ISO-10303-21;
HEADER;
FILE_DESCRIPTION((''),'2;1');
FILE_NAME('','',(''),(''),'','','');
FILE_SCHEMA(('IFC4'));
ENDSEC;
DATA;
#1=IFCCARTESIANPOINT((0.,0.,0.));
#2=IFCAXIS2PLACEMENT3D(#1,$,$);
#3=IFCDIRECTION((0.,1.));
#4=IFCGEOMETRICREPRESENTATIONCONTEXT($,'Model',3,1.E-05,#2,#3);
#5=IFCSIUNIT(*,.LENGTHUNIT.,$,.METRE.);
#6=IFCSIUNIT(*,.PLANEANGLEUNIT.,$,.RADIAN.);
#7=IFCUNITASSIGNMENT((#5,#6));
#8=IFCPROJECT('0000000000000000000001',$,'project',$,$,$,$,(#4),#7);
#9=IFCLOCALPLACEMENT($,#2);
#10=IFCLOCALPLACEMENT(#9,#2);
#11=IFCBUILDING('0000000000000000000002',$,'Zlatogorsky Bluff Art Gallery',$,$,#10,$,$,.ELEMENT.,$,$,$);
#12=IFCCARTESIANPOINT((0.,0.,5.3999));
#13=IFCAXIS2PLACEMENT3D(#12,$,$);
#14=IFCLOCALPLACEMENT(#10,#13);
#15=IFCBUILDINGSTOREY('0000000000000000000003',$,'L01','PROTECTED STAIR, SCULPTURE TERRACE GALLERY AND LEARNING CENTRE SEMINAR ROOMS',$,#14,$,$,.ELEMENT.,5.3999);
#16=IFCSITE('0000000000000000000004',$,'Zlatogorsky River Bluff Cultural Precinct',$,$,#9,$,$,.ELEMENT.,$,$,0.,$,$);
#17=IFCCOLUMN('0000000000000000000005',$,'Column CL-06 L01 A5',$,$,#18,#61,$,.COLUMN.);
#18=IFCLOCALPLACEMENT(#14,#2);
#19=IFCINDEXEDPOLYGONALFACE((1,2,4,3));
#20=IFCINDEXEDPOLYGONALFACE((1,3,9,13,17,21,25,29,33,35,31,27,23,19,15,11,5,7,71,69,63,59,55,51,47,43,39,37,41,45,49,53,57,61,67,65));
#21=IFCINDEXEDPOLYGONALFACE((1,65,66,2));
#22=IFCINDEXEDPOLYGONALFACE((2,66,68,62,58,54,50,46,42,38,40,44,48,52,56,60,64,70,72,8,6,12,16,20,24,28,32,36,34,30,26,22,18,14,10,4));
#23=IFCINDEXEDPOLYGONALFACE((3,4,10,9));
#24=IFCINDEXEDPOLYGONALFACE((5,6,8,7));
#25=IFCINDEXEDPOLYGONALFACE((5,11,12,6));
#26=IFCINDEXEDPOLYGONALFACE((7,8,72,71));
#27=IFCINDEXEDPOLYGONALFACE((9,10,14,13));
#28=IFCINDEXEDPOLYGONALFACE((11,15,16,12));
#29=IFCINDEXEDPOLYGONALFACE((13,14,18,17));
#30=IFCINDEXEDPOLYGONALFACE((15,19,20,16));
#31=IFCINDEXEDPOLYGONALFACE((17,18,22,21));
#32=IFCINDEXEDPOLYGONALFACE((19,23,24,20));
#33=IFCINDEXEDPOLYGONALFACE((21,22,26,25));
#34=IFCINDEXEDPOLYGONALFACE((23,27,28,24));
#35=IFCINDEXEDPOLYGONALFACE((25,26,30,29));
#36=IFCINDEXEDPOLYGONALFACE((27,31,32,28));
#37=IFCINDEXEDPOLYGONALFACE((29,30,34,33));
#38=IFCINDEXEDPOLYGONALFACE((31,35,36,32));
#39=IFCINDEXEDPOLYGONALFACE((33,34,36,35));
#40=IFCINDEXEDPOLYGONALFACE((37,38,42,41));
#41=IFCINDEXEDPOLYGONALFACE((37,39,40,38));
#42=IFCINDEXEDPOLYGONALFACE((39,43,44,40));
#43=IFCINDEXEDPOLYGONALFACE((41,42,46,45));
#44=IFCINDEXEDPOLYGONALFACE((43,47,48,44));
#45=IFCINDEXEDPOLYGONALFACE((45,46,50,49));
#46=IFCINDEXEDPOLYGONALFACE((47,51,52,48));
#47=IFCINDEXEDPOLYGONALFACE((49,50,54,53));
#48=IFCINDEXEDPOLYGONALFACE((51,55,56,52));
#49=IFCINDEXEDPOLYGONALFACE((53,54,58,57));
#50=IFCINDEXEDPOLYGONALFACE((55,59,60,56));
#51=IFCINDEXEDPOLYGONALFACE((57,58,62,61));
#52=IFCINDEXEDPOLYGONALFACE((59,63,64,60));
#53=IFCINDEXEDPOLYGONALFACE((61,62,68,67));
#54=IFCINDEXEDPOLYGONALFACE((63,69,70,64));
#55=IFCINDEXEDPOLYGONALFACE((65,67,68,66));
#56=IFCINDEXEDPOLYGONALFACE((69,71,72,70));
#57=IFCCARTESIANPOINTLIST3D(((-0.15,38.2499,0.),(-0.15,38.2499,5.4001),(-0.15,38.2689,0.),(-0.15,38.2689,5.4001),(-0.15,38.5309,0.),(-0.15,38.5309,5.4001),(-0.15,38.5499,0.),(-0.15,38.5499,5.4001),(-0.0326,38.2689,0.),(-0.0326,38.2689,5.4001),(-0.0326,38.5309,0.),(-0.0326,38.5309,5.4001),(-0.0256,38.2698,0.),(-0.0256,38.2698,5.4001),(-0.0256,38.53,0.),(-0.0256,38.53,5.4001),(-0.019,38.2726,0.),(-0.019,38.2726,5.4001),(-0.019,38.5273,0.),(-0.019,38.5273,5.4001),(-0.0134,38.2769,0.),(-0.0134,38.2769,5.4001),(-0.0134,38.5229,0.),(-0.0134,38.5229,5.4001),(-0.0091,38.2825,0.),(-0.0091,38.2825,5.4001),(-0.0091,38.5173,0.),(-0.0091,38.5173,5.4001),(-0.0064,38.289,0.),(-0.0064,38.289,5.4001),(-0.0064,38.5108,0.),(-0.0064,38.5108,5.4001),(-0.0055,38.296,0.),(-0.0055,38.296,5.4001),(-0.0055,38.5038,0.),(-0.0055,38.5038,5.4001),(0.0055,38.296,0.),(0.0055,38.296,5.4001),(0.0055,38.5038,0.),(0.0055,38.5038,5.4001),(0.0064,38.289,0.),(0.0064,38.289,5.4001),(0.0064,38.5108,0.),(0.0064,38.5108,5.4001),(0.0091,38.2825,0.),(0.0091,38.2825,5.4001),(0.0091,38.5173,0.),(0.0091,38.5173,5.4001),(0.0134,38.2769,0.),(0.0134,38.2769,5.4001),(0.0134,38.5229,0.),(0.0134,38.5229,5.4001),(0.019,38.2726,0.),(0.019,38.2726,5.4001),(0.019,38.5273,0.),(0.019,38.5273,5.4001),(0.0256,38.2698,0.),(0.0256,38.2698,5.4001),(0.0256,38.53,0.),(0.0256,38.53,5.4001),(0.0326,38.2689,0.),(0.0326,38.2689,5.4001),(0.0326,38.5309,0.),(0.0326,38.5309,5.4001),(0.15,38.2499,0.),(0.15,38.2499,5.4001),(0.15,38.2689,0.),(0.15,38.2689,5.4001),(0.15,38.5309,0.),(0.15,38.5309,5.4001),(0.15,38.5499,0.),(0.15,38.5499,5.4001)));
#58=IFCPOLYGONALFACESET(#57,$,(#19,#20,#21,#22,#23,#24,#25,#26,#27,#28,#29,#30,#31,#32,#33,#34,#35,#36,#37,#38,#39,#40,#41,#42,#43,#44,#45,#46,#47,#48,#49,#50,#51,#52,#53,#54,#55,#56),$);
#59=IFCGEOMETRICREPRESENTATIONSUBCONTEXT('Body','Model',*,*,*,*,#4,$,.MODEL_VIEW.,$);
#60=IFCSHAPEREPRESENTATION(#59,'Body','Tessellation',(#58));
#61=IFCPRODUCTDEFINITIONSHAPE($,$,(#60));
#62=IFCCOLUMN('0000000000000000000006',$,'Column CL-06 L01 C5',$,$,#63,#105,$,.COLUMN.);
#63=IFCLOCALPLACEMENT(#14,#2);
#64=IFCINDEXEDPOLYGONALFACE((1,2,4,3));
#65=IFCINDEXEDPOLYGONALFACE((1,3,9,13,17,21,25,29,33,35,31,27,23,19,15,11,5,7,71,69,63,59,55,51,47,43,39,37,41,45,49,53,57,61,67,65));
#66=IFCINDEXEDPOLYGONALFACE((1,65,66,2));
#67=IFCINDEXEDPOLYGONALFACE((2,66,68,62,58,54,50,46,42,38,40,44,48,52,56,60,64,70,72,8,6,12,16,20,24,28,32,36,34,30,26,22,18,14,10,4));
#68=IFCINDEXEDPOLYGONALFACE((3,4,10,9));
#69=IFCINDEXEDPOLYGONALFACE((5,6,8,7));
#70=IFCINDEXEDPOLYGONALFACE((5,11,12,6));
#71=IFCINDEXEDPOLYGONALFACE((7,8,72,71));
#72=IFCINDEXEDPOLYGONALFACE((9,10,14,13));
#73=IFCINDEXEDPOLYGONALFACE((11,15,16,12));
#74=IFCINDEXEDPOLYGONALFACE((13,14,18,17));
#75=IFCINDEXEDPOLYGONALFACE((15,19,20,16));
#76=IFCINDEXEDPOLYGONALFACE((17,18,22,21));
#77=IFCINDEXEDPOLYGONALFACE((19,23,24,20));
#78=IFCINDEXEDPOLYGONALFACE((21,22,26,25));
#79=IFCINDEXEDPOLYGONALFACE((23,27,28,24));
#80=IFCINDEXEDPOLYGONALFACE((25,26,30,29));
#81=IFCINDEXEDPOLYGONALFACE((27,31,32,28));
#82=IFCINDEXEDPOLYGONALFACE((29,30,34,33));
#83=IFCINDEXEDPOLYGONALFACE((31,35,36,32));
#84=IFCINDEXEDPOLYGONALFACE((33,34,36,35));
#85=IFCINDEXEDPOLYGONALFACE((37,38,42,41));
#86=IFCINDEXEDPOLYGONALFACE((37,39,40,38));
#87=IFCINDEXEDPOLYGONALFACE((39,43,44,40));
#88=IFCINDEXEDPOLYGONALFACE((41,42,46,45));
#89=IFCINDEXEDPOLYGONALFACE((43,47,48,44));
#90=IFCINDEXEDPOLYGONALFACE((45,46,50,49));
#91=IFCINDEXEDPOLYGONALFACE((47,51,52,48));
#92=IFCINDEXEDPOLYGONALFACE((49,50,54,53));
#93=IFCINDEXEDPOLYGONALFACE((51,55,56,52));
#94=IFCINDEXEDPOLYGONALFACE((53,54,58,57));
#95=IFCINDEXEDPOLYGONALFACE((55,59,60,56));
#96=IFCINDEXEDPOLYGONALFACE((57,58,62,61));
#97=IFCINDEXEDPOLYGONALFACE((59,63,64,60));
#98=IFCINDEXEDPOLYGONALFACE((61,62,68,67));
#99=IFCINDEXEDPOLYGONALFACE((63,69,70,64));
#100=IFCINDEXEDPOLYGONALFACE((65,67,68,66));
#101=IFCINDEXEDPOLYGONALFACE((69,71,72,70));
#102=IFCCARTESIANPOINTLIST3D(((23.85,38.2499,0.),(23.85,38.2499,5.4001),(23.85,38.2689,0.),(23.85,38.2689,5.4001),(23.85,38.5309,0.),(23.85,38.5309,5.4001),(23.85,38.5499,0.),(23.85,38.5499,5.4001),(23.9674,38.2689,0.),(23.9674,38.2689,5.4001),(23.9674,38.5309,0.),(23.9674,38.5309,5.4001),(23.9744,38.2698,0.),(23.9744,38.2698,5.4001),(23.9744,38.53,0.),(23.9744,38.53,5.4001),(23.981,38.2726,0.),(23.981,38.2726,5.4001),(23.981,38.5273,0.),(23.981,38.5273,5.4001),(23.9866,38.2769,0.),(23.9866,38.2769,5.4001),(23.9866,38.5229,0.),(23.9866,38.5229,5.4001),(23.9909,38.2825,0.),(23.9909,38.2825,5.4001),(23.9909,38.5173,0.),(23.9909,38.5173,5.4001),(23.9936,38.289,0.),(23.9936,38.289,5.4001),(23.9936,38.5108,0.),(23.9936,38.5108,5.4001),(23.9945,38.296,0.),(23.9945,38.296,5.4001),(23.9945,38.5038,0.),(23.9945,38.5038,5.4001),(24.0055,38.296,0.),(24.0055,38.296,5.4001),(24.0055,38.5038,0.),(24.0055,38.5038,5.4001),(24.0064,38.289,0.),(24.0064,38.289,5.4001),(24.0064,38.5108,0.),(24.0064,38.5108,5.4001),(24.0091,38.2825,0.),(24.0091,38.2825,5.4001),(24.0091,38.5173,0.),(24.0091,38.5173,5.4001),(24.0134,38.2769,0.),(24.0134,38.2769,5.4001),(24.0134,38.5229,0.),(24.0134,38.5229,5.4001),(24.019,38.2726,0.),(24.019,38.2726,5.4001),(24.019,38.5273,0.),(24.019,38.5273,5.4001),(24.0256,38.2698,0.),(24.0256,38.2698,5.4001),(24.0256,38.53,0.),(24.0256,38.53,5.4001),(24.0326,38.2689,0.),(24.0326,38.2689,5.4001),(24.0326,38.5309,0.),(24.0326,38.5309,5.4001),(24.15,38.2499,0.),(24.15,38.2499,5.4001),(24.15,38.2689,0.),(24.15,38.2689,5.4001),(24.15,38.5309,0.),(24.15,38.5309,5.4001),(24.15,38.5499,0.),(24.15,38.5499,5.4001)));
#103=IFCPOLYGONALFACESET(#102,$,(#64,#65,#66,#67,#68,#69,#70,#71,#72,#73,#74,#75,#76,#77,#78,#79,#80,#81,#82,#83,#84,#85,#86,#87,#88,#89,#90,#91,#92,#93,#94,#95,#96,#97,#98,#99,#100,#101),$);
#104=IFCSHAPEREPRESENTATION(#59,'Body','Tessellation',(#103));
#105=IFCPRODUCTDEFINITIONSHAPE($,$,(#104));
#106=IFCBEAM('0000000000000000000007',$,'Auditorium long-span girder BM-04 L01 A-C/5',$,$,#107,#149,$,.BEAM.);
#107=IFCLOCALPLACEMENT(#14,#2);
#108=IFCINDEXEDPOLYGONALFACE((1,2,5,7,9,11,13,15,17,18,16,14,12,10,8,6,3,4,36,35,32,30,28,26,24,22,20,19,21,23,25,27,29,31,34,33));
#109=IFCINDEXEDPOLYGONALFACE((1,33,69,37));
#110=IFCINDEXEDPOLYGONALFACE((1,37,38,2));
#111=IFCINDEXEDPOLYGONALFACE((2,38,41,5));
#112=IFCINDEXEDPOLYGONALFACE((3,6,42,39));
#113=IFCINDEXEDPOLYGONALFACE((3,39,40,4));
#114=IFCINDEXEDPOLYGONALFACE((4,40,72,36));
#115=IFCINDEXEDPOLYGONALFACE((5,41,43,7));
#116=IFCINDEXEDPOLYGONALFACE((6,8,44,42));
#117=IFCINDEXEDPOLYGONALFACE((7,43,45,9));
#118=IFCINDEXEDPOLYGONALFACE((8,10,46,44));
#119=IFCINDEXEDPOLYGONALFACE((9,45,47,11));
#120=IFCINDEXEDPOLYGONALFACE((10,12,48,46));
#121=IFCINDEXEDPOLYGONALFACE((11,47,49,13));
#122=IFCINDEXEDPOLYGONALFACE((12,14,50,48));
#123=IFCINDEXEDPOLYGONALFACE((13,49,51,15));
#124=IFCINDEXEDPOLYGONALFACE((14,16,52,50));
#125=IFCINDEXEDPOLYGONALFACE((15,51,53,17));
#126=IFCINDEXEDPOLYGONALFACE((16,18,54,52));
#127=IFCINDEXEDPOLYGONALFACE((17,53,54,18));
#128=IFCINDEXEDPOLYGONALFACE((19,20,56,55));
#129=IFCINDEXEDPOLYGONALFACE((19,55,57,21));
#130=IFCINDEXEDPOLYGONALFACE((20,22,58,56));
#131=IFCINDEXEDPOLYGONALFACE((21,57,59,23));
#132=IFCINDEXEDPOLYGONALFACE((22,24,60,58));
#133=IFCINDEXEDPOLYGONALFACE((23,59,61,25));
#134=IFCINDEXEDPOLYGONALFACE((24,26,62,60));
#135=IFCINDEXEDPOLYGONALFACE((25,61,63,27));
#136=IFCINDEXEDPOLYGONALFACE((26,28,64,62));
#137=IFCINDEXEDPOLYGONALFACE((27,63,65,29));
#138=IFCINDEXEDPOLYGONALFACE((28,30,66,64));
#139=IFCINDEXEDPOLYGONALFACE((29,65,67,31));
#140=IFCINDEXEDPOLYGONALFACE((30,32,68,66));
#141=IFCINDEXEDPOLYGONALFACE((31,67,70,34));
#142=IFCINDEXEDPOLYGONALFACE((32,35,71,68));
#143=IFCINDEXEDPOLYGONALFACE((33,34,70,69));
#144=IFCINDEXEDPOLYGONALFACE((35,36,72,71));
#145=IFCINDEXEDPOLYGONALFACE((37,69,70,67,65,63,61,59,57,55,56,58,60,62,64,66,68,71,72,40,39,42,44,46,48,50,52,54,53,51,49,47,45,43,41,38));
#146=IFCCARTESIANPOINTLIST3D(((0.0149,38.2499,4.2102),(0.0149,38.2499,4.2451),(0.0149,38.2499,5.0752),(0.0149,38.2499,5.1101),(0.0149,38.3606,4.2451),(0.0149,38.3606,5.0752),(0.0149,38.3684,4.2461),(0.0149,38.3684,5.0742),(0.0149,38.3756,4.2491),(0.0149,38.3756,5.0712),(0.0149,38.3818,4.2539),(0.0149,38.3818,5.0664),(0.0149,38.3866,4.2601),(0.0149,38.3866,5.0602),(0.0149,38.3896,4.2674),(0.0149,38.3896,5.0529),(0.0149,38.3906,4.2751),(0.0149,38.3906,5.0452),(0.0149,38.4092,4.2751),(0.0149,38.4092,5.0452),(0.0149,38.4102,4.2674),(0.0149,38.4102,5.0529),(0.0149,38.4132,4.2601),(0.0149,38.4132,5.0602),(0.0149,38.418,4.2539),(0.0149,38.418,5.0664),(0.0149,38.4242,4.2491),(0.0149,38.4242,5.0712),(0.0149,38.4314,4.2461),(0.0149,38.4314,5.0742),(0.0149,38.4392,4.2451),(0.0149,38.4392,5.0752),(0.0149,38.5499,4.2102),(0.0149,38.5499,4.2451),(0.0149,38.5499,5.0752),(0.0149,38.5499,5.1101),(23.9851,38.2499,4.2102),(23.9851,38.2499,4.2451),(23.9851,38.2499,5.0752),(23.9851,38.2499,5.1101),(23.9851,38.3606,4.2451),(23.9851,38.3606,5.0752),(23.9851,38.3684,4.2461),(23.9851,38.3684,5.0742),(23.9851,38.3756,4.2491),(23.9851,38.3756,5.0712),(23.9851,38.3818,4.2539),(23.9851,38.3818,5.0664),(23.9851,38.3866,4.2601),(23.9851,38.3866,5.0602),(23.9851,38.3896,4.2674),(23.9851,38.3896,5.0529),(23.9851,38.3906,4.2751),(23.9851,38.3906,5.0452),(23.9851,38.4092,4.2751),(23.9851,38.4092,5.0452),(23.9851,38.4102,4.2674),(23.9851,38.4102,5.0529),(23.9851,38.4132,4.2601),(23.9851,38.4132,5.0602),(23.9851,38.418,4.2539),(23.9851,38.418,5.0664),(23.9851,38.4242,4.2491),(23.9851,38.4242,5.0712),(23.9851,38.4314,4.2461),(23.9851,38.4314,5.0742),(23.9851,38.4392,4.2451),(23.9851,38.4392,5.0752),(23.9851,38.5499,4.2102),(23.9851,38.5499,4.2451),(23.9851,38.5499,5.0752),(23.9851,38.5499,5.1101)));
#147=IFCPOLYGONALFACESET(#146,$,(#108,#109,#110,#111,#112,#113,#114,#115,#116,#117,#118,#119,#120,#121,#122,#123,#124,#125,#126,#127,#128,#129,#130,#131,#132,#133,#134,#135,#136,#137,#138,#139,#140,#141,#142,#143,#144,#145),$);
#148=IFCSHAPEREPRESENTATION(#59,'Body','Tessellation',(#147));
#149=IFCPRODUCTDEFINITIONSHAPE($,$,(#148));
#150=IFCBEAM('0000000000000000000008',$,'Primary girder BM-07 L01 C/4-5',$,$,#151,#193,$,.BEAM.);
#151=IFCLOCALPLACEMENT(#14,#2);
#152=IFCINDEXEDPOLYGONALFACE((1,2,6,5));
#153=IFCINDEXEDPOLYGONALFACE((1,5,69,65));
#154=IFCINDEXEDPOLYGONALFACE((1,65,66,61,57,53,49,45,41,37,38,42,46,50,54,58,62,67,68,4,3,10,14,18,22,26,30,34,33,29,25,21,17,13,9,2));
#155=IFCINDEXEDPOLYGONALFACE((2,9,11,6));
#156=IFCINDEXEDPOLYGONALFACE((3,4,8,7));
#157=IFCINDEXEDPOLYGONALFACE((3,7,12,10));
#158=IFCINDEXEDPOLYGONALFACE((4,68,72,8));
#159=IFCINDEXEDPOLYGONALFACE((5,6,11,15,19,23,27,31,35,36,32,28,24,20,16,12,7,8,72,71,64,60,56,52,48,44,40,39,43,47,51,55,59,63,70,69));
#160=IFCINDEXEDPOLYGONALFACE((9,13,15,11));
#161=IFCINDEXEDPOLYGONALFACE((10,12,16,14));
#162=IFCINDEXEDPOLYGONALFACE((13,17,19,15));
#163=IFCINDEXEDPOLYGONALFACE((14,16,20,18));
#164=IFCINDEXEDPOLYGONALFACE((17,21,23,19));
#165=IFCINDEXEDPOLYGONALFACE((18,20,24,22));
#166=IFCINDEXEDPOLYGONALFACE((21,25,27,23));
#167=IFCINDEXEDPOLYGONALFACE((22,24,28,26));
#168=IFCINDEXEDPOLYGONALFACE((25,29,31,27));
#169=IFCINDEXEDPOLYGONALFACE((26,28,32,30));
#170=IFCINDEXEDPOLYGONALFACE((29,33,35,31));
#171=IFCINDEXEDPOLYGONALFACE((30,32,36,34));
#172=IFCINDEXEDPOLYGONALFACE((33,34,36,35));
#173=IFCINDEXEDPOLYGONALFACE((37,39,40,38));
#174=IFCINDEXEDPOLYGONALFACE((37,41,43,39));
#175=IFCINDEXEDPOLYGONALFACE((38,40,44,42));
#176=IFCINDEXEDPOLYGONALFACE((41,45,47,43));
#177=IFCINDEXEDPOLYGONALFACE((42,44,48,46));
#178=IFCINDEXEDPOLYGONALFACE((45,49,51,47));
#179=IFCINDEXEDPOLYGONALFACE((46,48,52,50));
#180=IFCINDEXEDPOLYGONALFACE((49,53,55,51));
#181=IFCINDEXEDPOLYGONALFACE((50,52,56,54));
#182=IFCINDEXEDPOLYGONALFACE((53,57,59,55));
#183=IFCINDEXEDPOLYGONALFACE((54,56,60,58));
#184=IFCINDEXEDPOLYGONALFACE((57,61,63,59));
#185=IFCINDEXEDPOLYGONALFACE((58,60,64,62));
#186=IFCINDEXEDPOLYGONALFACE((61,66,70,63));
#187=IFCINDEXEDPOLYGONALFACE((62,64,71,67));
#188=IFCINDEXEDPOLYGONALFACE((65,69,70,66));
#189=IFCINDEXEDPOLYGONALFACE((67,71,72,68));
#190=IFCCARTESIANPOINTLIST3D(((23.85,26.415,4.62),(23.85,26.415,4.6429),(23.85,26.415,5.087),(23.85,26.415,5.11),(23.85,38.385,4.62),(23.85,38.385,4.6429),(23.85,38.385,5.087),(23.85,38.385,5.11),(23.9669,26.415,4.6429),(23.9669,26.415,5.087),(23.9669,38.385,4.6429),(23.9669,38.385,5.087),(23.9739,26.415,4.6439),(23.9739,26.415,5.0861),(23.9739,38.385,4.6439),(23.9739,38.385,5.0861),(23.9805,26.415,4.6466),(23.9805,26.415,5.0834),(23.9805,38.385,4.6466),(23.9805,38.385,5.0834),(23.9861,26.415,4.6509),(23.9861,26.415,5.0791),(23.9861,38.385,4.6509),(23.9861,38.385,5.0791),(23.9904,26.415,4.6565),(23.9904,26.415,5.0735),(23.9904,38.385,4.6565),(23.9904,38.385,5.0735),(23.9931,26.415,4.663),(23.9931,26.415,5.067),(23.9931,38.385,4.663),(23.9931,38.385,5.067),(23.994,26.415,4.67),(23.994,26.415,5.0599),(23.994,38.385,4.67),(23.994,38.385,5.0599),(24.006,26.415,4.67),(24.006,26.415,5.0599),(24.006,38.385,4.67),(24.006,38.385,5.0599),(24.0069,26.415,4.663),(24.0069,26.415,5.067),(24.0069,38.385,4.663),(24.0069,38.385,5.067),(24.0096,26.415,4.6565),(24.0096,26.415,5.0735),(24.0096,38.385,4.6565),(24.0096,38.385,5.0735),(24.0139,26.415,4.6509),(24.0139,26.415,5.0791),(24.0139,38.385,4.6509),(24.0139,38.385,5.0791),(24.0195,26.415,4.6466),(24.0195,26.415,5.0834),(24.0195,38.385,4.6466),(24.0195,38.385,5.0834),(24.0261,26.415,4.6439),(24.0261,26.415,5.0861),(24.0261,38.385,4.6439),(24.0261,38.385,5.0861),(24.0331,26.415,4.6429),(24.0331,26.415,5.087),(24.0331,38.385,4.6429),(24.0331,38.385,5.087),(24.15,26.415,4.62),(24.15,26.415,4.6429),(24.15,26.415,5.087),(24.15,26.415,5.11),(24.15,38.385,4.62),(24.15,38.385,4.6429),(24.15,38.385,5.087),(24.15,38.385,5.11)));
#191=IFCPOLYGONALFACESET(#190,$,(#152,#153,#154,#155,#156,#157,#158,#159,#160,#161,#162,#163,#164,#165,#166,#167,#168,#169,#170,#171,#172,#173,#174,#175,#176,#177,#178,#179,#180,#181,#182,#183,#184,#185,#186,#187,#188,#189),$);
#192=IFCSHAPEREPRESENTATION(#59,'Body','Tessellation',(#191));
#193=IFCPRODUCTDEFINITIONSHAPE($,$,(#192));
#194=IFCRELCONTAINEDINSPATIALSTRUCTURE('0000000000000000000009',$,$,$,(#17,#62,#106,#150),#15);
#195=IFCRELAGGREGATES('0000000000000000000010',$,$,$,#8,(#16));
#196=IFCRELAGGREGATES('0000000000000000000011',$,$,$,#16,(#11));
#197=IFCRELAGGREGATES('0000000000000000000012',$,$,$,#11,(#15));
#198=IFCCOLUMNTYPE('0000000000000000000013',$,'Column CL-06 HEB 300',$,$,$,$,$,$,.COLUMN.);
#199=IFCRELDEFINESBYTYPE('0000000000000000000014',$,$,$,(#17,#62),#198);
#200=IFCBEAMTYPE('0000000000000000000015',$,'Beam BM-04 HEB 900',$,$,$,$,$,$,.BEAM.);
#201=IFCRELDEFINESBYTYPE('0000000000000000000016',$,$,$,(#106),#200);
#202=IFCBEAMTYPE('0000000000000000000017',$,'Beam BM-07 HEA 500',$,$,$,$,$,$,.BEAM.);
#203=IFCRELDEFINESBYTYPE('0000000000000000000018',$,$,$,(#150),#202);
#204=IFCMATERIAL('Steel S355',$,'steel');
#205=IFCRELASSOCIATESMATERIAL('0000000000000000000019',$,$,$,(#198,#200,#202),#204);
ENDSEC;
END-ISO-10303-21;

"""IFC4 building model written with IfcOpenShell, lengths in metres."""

from ifc_helpers import new_model, si_unit, direction, frame, origin, origin_2d, place, context, subcontext, project, spatial, i_section, extrude, material, material_profile, profile_set, type_object, element, save


model = new_model("IFC4")

# Units and contexts
model_context = context("Model", 3, precision=1e-05, world=origin(), true_north=direction((0.0, 1.0)))
body_context = subcontext(model_context, "Body", "Model", "MODEL_VIEW")
ifc_project = project(units=[si_unit("LENGTHUNIT", "METRE"), si_unit("PLANEANGLEUNIT", "RADIAN")], contexts=[model_context])

# Site, building, storey
site_placement = place(None, origin())
site = spatial("IfcSite", under=ifc_project, at=site_placement, Name="Zlatogorsky River Bluff Cultural Precinct", CompositionType="ELEMENT", RefElevation=0.0)
building_placement = place(site_placement, origin())
building = spatial("IfcBuilding", under=site, at=building_placement, Name="Zlatogorsky Bluff Art Gallery", CompositionType="ELEMENT")
storey_placement = place(building_placement, frame((0.0, 0.0, 5.3999)))
storey = spatial("IfcBuildingStorey", under=building, at=storey_placement, Name="L01", Description="PROTECTED STAIR, SCULPTURE TERRACE GALLERY AND LEARNING CENTRE SEMINAR ROOMS", CompositionType="ELEMENT", Elevation=5.3999)

# Columns
ifc_material_1 = material(Name="Steel S355", Category="steel")
ifc_material_profile_1 = material_profile(ifc_material_1, i_section(OverallWidth=0.3, OverallDepth=0.3, WebThickness=0.011, FlangeThickness=0.019, FilletRadius=0.0271, at=origin_2d()), Name="HEB 300")
ifc_profile_set_1 = profile_set([ifc_material_profile_1], Name="Steel S355")
column_type = type_object("IfcColumnType", Name="Column CL-06 HEB 300", PredefinedType="COLUMN", material=ifc_profile_set_1)
for number, where, z_axis, x_axis, name in (
    (1, (0.0, 38.3999, 0.0), (0.0, 0.0, 1.0), (1.0, 0.0, 0.0), "Column CL-06 L01 A5"),
    (2, (24.0, 38.3999, 0.0), (0.0, 0.0, 1.0), (1.0, 0.0, 0.0), "Column CL-06 L01 C5"),
):
    element("IfcColumn", number, at=place(storey_placement, frame(where, z_axis=z_axis, x_axis=x_axis)), inside=storey, type_object=column_type, Name=name, PredefinedType="COLUMN", context=body_context, shape_type="SweptSolid", body=[
        extrude(i_section(OverallWidth=0.3, OverallDepth=0.3, WebThickness=0.011, FlangeThickness=0.019, FilletRadius=0.0271, at=origin_2d()), origin(), (0.0, 0.0, 1.0), 5.4001),
    ])

# Beams
ifc_material_profile_2 = material_profile(ifc_material_1, i_section(OverallWidth=0.3, OverallDepth=0.8999, WebThickness=0.0186, FlangeThickness=0.0349, FilletRadius=0.03, at=origin_2d()), Name="HEB 900")
ifc_profile_set_2 = profile_set([ifc_material_profile_2], Name="Steel S355")
beam_type_1 = type_object("IfcBeamType", Name="Beam BM-04 HEB 900", PredefinedType="BEAM", material=ifc_profile_set_2)
beam_placement = place(storey_placement, frame((0.0149, 38.3999, 4.6602), z_axis=(1.0, 0.0, 0.0), x_axis=(0.0, 1.0, 0.0)))
element("IfcBeam", 3, at=beam_placement, inside=storey, type_object=beam_type_1, Name="Auditorium long-span girder BM-04 L01 A-C/5", PredefinedType="BEAM", context=body_context, shape_type="SweptSolid", body=[
    extrude(i_section(OverallWidth=0.3, OverallDepth=0.8999, WebThickness=0.0186, FlangeThickness=0.0349, FilletRadius=0.03, at=origin_2d()), origin(), (0.0, 0.0, 1.0), 23.9702),
])
ifc_material_profile_3 = material_profile(ifc_material_1, i_section(OverallWidth=0.3, OverallDepth=0.49, WebThickness=0.012, FlangeThickness=0.0229, FilletRadius=0.0271, at=origin_2d()), Name="HEA 500")
ifc_profile_set_3 = profile_set([ifc_material_profile_3], Name="Steel S355")
beam_type_2 = type_object("IfcBeamType", Name="Beam BM-07 HEA 500", PredefinedType="BEAM", material=ifc_profile_set_3)
for number, where, z_axis, x_axis, name in (
    (4, (24.0, 26.415, 4.865), (0.0, 1.0, 0.0), (-1.0, 0.0, 0.0), "Primary girder BM-07 L01 C/4-5"),
):
    element("IfcBeam", number, at=place(storey_placement, frame(where, z_axis=z_axis, x_axis=x_axis)), inside=storey, type_object=beam_type_2, Name=name, PredefinedType="BEAM", context=body_context, shape_type="SweptSolid", body=[
        extrude(i_section(OverallWidth=0.3, OverallDepth=0.49, WebThickness=0.012, FlangeThickness=0.0229, FilletRadius=0.0271, at=origin_2d()), origin(), (0.0, 0.0, 1.0), 11.97),
    ])

save(model, "model.ifc")
